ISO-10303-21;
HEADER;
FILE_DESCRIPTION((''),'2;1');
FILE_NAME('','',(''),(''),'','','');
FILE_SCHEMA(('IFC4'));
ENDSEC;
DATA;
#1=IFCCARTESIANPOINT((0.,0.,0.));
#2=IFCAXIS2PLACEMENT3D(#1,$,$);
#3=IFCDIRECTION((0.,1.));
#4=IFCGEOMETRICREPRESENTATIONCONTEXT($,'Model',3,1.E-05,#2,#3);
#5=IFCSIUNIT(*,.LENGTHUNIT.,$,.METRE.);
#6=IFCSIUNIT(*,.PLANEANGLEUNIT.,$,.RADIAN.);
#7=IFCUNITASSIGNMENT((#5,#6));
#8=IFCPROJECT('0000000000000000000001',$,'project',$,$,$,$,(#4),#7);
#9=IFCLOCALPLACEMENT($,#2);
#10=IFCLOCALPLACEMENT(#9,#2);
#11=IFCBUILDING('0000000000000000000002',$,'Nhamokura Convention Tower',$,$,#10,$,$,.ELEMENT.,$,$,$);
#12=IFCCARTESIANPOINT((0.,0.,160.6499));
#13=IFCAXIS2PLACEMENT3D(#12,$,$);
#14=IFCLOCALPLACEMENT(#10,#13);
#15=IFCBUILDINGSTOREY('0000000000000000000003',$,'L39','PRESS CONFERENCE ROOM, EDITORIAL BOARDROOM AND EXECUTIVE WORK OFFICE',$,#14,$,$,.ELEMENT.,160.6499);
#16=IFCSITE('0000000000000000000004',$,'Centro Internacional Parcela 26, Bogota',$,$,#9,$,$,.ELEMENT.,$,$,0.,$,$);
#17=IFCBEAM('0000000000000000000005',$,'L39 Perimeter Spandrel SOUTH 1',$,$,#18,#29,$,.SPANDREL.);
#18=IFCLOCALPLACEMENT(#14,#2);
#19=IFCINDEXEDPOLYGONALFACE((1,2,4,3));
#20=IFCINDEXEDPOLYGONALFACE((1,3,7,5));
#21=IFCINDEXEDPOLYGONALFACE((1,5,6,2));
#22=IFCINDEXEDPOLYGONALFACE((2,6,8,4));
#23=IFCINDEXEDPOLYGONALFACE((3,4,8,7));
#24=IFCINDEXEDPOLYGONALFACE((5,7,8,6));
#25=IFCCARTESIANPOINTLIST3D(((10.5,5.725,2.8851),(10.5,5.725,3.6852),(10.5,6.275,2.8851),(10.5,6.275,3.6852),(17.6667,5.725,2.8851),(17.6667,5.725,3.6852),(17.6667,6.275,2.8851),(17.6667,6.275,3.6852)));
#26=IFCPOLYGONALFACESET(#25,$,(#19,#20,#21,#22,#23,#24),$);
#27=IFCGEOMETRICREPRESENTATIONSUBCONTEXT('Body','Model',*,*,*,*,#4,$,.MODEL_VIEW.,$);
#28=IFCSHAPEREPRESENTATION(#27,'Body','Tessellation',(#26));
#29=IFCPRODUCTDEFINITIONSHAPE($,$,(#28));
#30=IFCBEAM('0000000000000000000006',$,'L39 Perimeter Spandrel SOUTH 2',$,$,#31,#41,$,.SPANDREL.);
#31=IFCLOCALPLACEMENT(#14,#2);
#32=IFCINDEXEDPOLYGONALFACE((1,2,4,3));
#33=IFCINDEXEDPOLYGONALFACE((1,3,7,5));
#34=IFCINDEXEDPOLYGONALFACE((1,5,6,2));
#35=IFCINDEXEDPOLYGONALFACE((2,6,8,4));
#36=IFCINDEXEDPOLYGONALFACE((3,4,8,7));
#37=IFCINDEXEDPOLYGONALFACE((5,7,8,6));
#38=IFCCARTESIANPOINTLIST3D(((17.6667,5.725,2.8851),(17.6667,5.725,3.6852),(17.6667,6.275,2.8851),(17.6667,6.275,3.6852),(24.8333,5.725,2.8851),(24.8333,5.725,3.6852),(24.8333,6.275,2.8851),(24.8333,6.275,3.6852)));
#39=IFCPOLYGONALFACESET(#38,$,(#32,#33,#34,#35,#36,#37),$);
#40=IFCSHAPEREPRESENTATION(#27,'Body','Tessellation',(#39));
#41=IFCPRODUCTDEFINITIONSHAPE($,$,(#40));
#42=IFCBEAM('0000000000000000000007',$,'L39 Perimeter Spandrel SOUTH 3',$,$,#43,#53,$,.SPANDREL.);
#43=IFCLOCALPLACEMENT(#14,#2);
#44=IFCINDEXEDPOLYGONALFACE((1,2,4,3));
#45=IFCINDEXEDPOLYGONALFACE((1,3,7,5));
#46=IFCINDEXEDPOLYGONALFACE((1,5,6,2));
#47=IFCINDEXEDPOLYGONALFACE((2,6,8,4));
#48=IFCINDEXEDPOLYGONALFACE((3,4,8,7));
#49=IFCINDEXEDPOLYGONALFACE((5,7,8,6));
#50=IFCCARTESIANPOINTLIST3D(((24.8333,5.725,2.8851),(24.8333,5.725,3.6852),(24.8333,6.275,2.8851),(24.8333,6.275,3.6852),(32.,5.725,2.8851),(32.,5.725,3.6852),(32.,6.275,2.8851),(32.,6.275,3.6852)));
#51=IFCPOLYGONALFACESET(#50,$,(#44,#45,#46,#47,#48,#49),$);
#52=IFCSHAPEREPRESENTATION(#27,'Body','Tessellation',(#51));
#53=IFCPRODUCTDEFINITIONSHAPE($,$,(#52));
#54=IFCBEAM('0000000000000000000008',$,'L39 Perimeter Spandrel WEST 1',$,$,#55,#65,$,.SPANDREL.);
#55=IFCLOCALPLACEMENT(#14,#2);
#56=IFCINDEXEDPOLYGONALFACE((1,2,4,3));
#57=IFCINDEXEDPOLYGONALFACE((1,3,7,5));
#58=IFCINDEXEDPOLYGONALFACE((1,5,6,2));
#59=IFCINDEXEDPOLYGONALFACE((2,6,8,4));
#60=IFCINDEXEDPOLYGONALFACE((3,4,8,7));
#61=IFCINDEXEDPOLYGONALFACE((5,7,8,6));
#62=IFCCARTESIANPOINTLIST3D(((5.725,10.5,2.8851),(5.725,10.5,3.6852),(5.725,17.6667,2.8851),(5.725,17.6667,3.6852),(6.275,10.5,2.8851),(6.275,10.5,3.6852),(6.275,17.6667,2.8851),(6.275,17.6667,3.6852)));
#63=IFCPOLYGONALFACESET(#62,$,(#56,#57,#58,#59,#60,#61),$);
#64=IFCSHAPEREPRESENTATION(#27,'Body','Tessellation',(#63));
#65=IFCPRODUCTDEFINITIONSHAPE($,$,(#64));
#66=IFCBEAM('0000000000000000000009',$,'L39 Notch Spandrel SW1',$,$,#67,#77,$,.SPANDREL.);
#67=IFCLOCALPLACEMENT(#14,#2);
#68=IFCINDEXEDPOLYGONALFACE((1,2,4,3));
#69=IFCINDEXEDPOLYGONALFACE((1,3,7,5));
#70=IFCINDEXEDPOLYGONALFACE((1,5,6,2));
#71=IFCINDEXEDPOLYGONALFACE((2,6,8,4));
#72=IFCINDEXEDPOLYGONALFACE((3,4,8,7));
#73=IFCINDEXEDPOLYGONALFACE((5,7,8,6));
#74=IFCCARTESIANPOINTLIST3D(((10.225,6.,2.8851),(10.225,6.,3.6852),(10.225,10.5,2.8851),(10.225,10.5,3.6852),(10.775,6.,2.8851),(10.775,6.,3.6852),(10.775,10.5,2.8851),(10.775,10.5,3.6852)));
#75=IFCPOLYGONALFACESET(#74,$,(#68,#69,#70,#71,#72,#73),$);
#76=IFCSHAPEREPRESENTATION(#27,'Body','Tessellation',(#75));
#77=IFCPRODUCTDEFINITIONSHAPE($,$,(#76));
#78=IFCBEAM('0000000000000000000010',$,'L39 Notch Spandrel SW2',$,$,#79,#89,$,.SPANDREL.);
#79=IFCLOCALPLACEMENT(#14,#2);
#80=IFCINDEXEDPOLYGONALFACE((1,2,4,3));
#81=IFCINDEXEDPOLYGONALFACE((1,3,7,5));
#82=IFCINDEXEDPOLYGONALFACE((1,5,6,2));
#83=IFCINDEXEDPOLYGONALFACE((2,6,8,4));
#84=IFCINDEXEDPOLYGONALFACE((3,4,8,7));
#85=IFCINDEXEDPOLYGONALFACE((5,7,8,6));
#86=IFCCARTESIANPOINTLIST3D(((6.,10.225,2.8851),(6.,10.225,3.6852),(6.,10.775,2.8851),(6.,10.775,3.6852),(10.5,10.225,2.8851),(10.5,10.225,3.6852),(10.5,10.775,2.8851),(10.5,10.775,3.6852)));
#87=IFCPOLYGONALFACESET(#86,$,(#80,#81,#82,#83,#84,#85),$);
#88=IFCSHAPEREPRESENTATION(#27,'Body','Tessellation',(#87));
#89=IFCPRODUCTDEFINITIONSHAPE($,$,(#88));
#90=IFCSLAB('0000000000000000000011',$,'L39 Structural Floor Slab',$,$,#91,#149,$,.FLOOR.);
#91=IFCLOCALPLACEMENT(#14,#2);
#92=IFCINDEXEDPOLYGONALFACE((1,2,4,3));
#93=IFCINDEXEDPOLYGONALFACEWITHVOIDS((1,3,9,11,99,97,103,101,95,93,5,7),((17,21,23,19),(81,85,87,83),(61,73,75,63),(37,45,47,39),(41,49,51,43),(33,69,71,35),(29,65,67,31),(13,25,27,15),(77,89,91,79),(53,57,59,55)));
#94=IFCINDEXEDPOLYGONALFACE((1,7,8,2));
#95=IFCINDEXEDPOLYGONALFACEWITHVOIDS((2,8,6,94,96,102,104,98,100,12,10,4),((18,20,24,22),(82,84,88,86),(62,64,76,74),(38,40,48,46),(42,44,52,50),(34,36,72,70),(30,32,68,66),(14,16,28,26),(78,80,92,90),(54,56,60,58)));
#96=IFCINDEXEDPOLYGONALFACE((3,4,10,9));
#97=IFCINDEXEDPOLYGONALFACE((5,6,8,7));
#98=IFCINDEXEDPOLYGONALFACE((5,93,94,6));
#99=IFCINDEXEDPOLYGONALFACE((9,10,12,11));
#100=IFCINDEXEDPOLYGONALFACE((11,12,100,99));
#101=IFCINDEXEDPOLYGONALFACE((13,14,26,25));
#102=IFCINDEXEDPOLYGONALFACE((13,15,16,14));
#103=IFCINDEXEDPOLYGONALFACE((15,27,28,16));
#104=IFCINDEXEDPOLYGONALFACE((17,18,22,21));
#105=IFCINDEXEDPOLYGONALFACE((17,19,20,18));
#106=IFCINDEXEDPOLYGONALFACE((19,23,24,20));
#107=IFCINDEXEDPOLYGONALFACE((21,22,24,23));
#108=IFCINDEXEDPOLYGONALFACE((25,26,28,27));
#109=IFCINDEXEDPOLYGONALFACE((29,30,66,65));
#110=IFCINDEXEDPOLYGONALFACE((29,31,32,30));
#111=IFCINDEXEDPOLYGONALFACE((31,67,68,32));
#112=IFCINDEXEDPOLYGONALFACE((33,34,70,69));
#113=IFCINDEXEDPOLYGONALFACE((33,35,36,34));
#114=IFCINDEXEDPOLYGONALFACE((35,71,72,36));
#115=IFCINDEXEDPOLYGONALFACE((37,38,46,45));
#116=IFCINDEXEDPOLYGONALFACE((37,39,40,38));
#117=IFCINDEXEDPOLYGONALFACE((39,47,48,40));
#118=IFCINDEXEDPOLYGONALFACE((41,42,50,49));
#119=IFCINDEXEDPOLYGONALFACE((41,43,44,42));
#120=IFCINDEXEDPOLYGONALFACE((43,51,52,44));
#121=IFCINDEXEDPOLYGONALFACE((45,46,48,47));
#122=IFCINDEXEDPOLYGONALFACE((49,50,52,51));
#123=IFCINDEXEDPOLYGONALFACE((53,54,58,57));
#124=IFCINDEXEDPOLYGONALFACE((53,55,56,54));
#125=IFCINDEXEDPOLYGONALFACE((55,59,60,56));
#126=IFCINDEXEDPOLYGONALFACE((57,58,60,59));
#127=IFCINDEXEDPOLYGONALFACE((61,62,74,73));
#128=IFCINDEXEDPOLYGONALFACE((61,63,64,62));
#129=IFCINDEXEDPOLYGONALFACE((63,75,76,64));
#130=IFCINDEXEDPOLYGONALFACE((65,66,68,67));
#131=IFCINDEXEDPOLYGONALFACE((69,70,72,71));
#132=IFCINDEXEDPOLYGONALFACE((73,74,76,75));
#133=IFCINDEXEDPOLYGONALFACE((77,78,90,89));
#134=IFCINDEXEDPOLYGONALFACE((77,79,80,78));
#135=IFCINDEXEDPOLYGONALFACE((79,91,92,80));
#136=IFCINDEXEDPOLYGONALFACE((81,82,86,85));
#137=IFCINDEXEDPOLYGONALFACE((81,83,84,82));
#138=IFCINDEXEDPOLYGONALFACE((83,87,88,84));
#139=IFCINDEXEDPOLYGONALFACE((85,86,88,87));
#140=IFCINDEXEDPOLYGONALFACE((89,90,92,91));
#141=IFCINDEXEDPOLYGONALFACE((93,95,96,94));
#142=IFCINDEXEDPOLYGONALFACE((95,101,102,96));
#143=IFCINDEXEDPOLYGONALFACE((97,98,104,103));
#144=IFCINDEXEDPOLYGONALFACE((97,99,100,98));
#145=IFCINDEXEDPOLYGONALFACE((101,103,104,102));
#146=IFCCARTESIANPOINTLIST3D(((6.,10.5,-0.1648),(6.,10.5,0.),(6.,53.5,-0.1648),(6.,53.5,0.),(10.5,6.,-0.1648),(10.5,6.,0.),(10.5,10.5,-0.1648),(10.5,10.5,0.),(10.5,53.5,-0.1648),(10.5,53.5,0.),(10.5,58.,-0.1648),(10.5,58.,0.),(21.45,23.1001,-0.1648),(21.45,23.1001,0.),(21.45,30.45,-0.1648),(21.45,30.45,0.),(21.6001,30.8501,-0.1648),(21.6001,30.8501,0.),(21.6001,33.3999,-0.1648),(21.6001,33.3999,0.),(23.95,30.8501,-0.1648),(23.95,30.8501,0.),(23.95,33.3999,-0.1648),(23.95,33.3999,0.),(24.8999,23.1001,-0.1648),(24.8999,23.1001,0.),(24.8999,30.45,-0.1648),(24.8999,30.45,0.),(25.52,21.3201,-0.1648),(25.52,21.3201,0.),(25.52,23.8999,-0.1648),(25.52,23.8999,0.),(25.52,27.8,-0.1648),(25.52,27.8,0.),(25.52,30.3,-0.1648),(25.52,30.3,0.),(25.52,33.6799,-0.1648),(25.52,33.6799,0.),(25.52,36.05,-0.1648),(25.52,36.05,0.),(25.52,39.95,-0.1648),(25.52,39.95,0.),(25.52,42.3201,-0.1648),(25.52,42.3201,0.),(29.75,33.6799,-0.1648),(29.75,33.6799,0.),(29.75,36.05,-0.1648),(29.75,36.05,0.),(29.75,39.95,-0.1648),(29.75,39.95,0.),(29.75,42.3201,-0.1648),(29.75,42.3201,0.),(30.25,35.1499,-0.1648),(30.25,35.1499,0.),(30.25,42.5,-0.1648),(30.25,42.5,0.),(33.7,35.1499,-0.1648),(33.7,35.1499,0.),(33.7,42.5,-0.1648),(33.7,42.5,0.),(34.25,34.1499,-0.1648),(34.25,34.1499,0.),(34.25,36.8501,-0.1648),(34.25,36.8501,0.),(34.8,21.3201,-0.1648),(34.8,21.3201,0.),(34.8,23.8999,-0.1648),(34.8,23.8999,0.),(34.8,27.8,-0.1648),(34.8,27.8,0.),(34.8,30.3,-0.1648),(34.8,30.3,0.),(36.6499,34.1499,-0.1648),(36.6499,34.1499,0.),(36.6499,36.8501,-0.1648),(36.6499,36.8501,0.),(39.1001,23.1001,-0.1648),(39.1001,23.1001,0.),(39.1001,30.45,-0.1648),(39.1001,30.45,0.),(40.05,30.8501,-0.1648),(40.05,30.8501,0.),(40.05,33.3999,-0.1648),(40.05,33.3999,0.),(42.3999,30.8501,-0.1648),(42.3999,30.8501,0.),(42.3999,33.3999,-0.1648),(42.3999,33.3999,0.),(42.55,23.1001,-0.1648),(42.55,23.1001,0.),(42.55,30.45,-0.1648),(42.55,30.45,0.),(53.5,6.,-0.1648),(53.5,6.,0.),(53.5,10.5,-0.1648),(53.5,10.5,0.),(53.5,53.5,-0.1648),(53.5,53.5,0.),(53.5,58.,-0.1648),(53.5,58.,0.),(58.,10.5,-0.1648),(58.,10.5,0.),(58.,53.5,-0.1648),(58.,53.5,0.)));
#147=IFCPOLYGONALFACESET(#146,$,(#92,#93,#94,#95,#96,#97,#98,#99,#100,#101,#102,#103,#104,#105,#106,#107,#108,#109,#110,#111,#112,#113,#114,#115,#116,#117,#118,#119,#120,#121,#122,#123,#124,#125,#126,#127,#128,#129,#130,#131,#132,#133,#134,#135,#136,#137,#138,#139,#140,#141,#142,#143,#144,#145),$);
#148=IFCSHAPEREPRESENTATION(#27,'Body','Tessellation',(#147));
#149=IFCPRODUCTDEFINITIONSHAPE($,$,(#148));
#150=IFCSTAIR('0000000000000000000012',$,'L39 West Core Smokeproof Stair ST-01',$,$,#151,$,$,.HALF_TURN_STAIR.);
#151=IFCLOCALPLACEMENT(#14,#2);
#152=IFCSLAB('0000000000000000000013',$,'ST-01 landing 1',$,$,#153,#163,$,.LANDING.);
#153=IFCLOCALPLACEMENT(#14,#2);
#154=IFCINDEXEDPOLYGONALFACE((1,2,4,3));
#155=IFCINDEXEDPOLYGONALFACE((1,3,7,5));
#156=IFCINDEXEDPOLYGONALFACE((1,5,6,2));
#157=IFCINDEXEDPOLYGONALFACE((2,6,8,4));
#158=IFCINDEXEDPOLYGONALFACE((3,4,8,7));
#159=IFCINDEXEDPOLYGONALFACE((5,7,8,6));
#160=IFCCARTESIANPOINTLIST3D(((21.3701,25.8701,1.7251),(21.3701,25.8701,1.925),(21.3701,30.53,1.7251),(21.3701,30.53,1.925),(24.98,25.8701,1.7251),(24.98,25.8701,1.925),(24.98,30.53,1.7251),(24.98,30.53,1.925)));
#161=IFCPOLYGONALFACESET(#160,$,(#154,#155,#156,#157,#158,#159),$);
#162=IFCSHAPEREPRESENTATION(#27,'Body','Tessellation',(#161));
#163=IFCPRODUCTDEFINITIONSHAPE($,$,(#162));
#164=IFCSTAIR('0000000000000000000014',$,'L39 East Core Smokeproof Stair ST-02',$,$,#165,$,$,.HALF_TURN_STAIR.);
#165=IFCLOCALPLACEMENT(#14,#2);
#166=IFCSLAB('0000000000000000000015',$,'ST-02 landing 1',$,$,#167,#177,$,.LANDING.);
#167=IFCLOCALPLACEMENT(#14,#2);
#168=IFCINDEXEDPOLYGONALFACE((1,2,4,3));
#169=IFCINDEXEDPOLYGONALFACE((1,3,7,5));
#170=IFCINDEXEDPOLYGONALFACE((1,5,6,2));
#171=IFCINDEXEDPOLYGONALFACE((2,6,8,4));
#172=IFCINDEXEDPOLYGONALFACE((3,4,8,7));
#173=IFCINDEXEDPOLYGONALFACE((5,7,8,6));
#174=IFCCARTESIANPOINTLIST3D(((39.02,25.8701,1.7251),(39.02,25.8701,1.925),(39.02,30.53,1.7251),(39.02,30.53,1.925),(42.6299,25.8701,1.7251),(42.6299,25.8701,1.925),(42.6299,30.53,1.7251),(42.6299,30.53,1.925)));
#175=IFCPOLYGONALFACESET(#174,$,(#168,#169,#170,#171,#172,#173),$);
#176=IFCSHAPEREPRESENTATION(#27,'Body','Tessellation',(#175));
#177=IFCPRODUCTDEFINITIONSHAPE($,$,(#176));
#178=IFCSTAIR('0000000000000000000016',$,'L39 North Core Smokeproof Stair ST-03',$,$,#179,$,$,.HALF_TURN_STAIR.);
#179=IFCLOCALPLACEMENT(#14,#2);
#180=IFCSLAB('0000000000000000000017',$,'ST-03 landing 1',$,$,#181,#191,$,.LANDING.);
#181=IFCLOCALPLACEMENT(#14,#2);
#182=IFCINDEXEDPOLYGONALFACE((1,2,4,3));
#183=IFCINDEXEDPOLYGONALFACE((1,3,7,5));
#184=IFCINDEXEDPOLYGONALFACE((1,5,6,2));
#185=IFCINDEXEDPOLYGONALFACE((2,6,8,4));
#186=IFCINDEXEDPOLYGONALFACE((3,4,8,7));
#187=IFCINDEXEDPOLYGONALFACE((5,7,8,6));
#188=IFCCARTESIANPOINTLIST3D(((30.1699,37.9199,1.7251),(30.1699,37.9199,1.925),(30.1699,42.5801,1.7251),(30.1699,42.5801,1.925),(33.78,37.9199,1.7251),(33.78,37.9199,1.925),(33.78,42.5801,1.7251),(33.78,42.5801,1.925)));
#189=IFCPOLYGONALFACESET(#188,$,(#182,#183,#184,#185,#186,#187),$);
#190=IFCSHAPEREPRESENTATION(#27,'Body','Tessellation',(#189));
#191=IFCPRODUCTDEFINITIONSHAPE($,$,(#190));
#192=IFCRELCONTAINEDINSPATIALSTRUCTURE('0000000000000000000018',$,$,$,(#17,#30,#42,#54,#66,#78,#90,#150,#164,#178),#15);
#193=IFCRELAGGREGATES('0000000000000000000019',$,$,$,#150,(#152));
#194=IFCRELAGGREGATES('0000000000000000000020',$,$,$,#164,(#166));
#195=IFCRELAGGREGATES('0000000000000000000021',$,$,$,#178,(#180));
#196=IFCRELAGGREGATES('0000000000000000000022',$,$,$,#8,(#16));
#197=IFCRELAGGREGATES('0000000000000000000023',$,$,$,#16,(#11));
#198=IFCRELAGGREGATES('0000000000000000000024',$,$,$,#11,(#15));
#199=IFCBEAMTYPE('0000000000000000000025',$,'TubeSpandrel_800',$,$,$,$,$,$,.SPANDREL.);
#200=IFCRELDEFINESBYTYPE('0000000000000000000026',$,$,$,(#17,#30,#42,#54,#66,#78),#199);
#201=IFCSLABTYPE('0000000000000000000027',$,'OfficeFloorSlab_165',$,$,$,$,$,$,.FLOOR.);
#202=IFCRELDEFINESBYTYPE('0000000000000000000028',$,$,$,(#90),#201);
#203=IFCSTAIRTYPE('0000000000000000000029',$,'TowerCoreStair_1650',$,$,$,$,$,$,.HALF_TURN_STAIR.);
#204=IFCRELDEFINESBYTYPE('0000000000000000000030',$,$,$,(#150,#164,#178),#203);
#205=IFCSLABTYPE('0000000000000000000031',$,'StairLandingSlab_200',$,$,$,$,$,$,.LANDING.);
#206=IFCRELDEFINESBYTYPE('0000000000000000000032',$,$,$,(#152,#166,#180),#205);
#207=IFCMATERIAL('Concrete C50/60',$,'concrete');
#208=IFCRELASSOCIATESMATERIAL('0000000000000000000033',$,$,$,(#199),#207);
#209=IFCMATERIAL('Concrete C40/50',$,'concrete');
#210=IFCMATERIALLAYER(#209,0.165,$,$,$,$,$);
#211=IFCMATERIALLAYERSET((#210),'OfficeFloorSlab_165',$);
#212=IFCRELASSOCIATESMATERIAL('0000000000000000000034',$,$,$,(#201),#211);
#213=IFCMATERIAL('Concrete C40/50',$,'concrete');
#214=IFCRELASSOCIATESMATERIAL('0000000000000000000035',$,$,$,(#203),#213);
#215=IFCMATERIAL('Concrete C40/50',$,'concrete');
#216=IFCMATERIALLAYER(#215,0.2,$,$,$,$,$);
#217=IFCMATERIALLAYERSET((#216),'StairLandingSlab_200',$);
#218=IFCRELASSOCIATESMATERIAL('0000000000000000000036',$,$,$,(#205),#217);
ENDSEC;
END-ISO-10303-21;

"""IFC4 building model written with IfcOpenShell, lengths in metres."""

from ifc_helpers import new_model, si_unit, direction, frame, origin, origin_2d, place, context, subcontext, project, spatial, polyline, rectangle, outline, extrude, material, layer, layer_set, material_profile, profile_set, type_object, element, aggregate, save


model = new_model("IFC4")

# Units and contexts
model_context = context("Model", 3, precision=1e-05, world=origin(), true_north=direction((0.0, 1.0)))
body_context = subcontext(model_context, "Body", "Model", "MODEL_VIEW")
ifc_project = project(units=[si_unit("LENGTHUNIT", "METRE"), si_unit("PLANEANGLEUNIT", "RADIAN")], contexts=[model_context])

# Site, building, storey
site_placement = place(None, origin())
site = spatial("IfcSite", under=ifc_project, at=site_placement, Name="Centro Internacional Parcela 26, Bogota", CompositionType="ELEMENT", RefElevation=0.0)
building_placement = place(site_placement, origin())
building = spatial("IfcBuilding", under=site, at=building_placement, Name="Nhamokura Convention Tower", CompositionType="ELEMENT")
storey_placement = place(building_placement, frame((0.0, 0.0, 160.6499)))
storey = spatial("IfcBuildingStorey", under=building, at=storey_placement, Name="L39", Description="PRESS CONFERENCE ROOM, EDITORIAL BOARDROOM AND EXECUTIVE WORK OFFICE", CompositionType="ELEMENT", Elevation=160.6499)

# Beams
ifc_material_1 = material(Name="Concrete C50/60", Category="concrete")
ifc_material_profile_1 = material_profile(ifc_material_1, rectangle(XDim=0.55, YDim=0.8, at=origin_2d()))
ifc_profile_set_1 = profile_set([ifc_material_profile_1], Name="Concrete C50/60")
beam_type_1 = type_object("IfcBeamType", Name="TubeSpandrel_800", PredefinedType="SPANDREL", material=ifc_profile_set_1)
beam_1_placement = place(storey_placement, frame((10.5, 6.0, 3.2852), z_axis=(1.0, 0.0, 0.0), x_axis=(0.0, 1.0, 0.0)))
element("IfcBeam", 1, at=beam_1_placement, inside=storey, type_object=beam_type_1, Name="L39 Perimeter Spandrel SOUTH 1", PredefinedType="SPANDREL", context=body_context, shape_type="SweptSolid", body=[
    extrude(rectangle(XDim=0.55, YDim=0.8, at=origin_2d()), origin(), (0.0, 0.0, 1.0), 7.1667),
])
beam_2_placement = place(storey_placement, frame((17.6667, 6.0, 3.2852), z_axis=(1.0, 0.0, 0.0), x_axis=(0.0, 1.0, 0.0)))
element("IfcBeam", 2, at=beam_2_placement, inside=storey, type_object=beam_type_1, Name="L39 Perimeter Spandrel SOUTH 2", PredefinedType="SPANDREL", context=body_context, shape_type="SweptSolid", body=[
    extrude(rectangle(XDim=0.55, YDim=0.8, at=origin_2d()), origin(), (0.0, 0.0, 1.0), 7.1665),
])
for number, where, z_axis, x_axis, name in (
    (3, (24.8333, 6.0, 3.2852), (1.0, 0.0, 0.0), (0.0, 1.0, 0.0), "L39 Perimeter Spandrel SOUTH 3"),
    (4, (6.0, 10.5, 3.2852), (0.0, 1.0, 0.0), (-1.0, 0.0, 0.0), "L39 Perimeter Spandrel WEST 1"),
):
    element("IfcBeam", number, at=place(storey_placement, frame(where, z_axis=z_axis, x_axis=x_axis)), inside=storey, type_object=beam_type_1, Name=name, PredefinedType="SPANDREL", context=body_context, shape_type="SweptSolid", body=[
        extrude(rectangle(XDim=0.55, YDim=0.8, at=origin_2d()), origin(), (0.0, 0.0, 1.0), 7.1667),
    ])
for number, where, z_axis, x_axis, name in (
    (5, (10.5, 6.0, 3.2852), (0.0, 1.0, 0.0), (-1.0, 0.0, 0.0), "L39 Notch Spandrel SW1"),
    (6, (10.5, 10.5, 3.2852), (-1.0, 0.0, 0.0), (0.0, -1.0, 0.0), "L39 Notch Spandrel SW2"),
):
    element("IfcBeam", number, at=place(storey_placement, frame(where, z_axis=z_axis, x_axis=x_axis)), inside=storey, type_object=beam_type_1, Name=name, PredefinedType="SPANDREL", context=body_context, shape_type="SweptSolid", body=[
        extrude(rectangle(XDim=0.55, YDim=0.8, at=origin_2d()), origin(), (0.0, 0.0, 1.0), 4.5),
    ])

# Slab
ifc_material_2 = material(Name="Concrete C40/50", Category="concrete")
ifc_layer_1 = layer(ifc_material_2, 0.165)
ifc_layer_set_1 = layer_set([ifc_layer_1], Name="OfficeFloorSlab_165")
slab_type_1 = type_object("IfcSlabType", Name="OfficeFloorSlab_165", PredefinedType="FLOOR", material=ifc_layer_set_1)
slab_1_placement = place(storey_placement, frame((0.0, 0.0, -0.1648)))
element("IfcSlab", 7, at=slab_1_placement, inside=storey, type_object=slab_type_1, Name="L39 Structural Floor Slab", PredefinedType="FLOOR", context=body_context, shape_type="SweptSolid", body=[
    extrude(outline(polyline([(10.5, 6.0), (53.5, 6.0), (53.5, 10.5), (58.0, 10.5), (58.0, 53.5), (53.5, 53.5), (53.5, 58.0), (10.5, 58.0), (10.5, 53.5), (6.0, 53.5), (6.0, 10.5), (10.5, 10.5), (10.5, 6.0)]), holes=[polyline([(24.8999, 23.1001), (24.8999, 30.45), (21.45, 30.45), (21.45, 23.1001), (24.8999, 23.1001)]), polyline([(42.55, 23.1001), (42.55, 30.45), (39.1001, 30.45), (39.1001, 23.1001), (42.55, 23.1001)]), polyline([(33.7, 35.1499), (33.7, 42.5), (30.25, 42.5), (30.25, 35.1499), (33.7, 35.1499)]), polyline([(21.6001, 30.8501), (23.95, 30.8501), (23.95, 33.3999), (21.6001, 33.3999), (21.6001, 30.8501)]), polyline([(40.05, 30.8501), (42.3999, 30.8501), (42.3999, 33.3999), (40.05, 33.3999), (40.05, 30.8501)]), polyline([(34.25, 34.1499), (36.6499, 34.1499), (36.6499, 36.8501), (34.25, 36.8501), (34.25, 34.1499)]), polyline([(25.52, 21.3201), (34.8, 21.3201), (34.8, 23.8999), (25.52, 23.8999), (25.52, 21.3201)]), polyline([(25.52, 27.8), (34.8, 27.8), (34.8, 30.3), (25.52, 30.3), (25.52, 27.8)]), polyline([(25.52, 33.6799), (29.75, 33.6799), (29.75, 36.05), (25.52, 36.05), (25.52, 33.6799)]), polyline([(25.52, 39.95), (29.75, 39.95), (29.75, 42.3201), (25.52, 42.3201), (25.52, 39.95)])]), origin(), (0.0, 0.0, 1.0), 0.1648),
])

# Stairs, slabs
ifc_material_3 = material(Name="Concrete C40/50", Category="concrete")
stair_type = type_object("IfcStairType", Name="TowerCoreStair_1650", PredefinedType="HALF_TURN_STAIR", material=ifc_material_3)
stair_1_placement = place(storey_placement, origin())
stair_1 = element("IfcStair", 8, at=stair_1_placement, inside=storey, type_object=stair_type, Name="L39 West Core Smokeproof Stair ST-01", PredefinedType="HALF_TURN_STAIR")
ifc_material_4 = material(Name="Concrete C40/50", Category="concrete")
ifc_layer_2 = layer(ifc_material_4, 0.2)
ifc_layer_set_2 = layer_set([ifc_layer_2], Name="StairLandingSlab_200")
slab_type_2 = type_object("IfcSlabType", Name="StairLandingSlab_200", PredefinedType="LANDING", material=ifc_layer_set_2)
slab_2_placement = place(storey_placement, frame((0.0, 0.0, 1.7251)))
slab_2 = element("IfcSlab", 9, at=slab_2_placement, type_object=slab_type_2, Name="ST-01 landing 1", PredefinedType="LANDING", context=body_context, shape_type="SweptSolid", body=[
    extrude(outline(polyline([(24.98, 25.8701), (24.98, 30.53), (21.3701, 30.53), (21.3701, 25.8701), (24.98, 25.8701)])), origin(), (0.0, 0.0, 1.0), 0.2),
])
aggregate(stair_1, [slab_2])
stair_2_placement = place(storey_placement, origin())
stair_2 = element("IfcStair", 10, at=stair_2_placement, inside=storey, type_object=stair_type, Name="L39 East Core Smokeproof Stair ST-02", PredefinedType="HALF_TURN_STAIR")
slab_3_placement = place(storey_placement, frame((0.0, 0.0, 1.7251)))
slab_3 = element("IfcSlab", 11, at=slab_3_placement, type_object=slab_type_2, Name="ST-02 landing 1", PredefinedType="LANDING", context=body_context, shape_type="SweptSolid", body=[
    extrude(outline(polyline([(42.6299, 25.8701), (42.6299, 30.53), (39.02, 30.53), (39.02, 25.8701), (42.6299, 25.8701)])), origin(), (0.0, 0.0, 1.0), 0.2),
])
aggregate(stair_2, [slab_3])
stair_3_placement = place(storey_placement, origin())
stair_3 = element("IfcStair", 12, at=stair_3_placement, inside=storey, type_object=stair_type, Name="L39 North Core Smokeproof Stair ST-03", PredefinedType="HALF_TURN_STAIR")
slab_4_placement = place(storey_placement, frame((0.0, 0.0, 1.7251)))
slab_4 = element("IfcSlab", 13, at=slab_4_placement, type_object=slab_type_2, Name="ST-03 landing 1", PredefinedType="LANDING", context=body_context, shape_type="SweptSolid", body=[
    extrude(outline(polyline([(33.78, 37.9199), (33.78, 42.5801), (30.1699, 42.5801), (30.1699, 37.9199), (33.78, 37.9199)])), origin(), (0.0, 0.0, 1.0), 0.2),
])
aggregate(stair_3, [slab_4])

save(model, "model.ifc")
